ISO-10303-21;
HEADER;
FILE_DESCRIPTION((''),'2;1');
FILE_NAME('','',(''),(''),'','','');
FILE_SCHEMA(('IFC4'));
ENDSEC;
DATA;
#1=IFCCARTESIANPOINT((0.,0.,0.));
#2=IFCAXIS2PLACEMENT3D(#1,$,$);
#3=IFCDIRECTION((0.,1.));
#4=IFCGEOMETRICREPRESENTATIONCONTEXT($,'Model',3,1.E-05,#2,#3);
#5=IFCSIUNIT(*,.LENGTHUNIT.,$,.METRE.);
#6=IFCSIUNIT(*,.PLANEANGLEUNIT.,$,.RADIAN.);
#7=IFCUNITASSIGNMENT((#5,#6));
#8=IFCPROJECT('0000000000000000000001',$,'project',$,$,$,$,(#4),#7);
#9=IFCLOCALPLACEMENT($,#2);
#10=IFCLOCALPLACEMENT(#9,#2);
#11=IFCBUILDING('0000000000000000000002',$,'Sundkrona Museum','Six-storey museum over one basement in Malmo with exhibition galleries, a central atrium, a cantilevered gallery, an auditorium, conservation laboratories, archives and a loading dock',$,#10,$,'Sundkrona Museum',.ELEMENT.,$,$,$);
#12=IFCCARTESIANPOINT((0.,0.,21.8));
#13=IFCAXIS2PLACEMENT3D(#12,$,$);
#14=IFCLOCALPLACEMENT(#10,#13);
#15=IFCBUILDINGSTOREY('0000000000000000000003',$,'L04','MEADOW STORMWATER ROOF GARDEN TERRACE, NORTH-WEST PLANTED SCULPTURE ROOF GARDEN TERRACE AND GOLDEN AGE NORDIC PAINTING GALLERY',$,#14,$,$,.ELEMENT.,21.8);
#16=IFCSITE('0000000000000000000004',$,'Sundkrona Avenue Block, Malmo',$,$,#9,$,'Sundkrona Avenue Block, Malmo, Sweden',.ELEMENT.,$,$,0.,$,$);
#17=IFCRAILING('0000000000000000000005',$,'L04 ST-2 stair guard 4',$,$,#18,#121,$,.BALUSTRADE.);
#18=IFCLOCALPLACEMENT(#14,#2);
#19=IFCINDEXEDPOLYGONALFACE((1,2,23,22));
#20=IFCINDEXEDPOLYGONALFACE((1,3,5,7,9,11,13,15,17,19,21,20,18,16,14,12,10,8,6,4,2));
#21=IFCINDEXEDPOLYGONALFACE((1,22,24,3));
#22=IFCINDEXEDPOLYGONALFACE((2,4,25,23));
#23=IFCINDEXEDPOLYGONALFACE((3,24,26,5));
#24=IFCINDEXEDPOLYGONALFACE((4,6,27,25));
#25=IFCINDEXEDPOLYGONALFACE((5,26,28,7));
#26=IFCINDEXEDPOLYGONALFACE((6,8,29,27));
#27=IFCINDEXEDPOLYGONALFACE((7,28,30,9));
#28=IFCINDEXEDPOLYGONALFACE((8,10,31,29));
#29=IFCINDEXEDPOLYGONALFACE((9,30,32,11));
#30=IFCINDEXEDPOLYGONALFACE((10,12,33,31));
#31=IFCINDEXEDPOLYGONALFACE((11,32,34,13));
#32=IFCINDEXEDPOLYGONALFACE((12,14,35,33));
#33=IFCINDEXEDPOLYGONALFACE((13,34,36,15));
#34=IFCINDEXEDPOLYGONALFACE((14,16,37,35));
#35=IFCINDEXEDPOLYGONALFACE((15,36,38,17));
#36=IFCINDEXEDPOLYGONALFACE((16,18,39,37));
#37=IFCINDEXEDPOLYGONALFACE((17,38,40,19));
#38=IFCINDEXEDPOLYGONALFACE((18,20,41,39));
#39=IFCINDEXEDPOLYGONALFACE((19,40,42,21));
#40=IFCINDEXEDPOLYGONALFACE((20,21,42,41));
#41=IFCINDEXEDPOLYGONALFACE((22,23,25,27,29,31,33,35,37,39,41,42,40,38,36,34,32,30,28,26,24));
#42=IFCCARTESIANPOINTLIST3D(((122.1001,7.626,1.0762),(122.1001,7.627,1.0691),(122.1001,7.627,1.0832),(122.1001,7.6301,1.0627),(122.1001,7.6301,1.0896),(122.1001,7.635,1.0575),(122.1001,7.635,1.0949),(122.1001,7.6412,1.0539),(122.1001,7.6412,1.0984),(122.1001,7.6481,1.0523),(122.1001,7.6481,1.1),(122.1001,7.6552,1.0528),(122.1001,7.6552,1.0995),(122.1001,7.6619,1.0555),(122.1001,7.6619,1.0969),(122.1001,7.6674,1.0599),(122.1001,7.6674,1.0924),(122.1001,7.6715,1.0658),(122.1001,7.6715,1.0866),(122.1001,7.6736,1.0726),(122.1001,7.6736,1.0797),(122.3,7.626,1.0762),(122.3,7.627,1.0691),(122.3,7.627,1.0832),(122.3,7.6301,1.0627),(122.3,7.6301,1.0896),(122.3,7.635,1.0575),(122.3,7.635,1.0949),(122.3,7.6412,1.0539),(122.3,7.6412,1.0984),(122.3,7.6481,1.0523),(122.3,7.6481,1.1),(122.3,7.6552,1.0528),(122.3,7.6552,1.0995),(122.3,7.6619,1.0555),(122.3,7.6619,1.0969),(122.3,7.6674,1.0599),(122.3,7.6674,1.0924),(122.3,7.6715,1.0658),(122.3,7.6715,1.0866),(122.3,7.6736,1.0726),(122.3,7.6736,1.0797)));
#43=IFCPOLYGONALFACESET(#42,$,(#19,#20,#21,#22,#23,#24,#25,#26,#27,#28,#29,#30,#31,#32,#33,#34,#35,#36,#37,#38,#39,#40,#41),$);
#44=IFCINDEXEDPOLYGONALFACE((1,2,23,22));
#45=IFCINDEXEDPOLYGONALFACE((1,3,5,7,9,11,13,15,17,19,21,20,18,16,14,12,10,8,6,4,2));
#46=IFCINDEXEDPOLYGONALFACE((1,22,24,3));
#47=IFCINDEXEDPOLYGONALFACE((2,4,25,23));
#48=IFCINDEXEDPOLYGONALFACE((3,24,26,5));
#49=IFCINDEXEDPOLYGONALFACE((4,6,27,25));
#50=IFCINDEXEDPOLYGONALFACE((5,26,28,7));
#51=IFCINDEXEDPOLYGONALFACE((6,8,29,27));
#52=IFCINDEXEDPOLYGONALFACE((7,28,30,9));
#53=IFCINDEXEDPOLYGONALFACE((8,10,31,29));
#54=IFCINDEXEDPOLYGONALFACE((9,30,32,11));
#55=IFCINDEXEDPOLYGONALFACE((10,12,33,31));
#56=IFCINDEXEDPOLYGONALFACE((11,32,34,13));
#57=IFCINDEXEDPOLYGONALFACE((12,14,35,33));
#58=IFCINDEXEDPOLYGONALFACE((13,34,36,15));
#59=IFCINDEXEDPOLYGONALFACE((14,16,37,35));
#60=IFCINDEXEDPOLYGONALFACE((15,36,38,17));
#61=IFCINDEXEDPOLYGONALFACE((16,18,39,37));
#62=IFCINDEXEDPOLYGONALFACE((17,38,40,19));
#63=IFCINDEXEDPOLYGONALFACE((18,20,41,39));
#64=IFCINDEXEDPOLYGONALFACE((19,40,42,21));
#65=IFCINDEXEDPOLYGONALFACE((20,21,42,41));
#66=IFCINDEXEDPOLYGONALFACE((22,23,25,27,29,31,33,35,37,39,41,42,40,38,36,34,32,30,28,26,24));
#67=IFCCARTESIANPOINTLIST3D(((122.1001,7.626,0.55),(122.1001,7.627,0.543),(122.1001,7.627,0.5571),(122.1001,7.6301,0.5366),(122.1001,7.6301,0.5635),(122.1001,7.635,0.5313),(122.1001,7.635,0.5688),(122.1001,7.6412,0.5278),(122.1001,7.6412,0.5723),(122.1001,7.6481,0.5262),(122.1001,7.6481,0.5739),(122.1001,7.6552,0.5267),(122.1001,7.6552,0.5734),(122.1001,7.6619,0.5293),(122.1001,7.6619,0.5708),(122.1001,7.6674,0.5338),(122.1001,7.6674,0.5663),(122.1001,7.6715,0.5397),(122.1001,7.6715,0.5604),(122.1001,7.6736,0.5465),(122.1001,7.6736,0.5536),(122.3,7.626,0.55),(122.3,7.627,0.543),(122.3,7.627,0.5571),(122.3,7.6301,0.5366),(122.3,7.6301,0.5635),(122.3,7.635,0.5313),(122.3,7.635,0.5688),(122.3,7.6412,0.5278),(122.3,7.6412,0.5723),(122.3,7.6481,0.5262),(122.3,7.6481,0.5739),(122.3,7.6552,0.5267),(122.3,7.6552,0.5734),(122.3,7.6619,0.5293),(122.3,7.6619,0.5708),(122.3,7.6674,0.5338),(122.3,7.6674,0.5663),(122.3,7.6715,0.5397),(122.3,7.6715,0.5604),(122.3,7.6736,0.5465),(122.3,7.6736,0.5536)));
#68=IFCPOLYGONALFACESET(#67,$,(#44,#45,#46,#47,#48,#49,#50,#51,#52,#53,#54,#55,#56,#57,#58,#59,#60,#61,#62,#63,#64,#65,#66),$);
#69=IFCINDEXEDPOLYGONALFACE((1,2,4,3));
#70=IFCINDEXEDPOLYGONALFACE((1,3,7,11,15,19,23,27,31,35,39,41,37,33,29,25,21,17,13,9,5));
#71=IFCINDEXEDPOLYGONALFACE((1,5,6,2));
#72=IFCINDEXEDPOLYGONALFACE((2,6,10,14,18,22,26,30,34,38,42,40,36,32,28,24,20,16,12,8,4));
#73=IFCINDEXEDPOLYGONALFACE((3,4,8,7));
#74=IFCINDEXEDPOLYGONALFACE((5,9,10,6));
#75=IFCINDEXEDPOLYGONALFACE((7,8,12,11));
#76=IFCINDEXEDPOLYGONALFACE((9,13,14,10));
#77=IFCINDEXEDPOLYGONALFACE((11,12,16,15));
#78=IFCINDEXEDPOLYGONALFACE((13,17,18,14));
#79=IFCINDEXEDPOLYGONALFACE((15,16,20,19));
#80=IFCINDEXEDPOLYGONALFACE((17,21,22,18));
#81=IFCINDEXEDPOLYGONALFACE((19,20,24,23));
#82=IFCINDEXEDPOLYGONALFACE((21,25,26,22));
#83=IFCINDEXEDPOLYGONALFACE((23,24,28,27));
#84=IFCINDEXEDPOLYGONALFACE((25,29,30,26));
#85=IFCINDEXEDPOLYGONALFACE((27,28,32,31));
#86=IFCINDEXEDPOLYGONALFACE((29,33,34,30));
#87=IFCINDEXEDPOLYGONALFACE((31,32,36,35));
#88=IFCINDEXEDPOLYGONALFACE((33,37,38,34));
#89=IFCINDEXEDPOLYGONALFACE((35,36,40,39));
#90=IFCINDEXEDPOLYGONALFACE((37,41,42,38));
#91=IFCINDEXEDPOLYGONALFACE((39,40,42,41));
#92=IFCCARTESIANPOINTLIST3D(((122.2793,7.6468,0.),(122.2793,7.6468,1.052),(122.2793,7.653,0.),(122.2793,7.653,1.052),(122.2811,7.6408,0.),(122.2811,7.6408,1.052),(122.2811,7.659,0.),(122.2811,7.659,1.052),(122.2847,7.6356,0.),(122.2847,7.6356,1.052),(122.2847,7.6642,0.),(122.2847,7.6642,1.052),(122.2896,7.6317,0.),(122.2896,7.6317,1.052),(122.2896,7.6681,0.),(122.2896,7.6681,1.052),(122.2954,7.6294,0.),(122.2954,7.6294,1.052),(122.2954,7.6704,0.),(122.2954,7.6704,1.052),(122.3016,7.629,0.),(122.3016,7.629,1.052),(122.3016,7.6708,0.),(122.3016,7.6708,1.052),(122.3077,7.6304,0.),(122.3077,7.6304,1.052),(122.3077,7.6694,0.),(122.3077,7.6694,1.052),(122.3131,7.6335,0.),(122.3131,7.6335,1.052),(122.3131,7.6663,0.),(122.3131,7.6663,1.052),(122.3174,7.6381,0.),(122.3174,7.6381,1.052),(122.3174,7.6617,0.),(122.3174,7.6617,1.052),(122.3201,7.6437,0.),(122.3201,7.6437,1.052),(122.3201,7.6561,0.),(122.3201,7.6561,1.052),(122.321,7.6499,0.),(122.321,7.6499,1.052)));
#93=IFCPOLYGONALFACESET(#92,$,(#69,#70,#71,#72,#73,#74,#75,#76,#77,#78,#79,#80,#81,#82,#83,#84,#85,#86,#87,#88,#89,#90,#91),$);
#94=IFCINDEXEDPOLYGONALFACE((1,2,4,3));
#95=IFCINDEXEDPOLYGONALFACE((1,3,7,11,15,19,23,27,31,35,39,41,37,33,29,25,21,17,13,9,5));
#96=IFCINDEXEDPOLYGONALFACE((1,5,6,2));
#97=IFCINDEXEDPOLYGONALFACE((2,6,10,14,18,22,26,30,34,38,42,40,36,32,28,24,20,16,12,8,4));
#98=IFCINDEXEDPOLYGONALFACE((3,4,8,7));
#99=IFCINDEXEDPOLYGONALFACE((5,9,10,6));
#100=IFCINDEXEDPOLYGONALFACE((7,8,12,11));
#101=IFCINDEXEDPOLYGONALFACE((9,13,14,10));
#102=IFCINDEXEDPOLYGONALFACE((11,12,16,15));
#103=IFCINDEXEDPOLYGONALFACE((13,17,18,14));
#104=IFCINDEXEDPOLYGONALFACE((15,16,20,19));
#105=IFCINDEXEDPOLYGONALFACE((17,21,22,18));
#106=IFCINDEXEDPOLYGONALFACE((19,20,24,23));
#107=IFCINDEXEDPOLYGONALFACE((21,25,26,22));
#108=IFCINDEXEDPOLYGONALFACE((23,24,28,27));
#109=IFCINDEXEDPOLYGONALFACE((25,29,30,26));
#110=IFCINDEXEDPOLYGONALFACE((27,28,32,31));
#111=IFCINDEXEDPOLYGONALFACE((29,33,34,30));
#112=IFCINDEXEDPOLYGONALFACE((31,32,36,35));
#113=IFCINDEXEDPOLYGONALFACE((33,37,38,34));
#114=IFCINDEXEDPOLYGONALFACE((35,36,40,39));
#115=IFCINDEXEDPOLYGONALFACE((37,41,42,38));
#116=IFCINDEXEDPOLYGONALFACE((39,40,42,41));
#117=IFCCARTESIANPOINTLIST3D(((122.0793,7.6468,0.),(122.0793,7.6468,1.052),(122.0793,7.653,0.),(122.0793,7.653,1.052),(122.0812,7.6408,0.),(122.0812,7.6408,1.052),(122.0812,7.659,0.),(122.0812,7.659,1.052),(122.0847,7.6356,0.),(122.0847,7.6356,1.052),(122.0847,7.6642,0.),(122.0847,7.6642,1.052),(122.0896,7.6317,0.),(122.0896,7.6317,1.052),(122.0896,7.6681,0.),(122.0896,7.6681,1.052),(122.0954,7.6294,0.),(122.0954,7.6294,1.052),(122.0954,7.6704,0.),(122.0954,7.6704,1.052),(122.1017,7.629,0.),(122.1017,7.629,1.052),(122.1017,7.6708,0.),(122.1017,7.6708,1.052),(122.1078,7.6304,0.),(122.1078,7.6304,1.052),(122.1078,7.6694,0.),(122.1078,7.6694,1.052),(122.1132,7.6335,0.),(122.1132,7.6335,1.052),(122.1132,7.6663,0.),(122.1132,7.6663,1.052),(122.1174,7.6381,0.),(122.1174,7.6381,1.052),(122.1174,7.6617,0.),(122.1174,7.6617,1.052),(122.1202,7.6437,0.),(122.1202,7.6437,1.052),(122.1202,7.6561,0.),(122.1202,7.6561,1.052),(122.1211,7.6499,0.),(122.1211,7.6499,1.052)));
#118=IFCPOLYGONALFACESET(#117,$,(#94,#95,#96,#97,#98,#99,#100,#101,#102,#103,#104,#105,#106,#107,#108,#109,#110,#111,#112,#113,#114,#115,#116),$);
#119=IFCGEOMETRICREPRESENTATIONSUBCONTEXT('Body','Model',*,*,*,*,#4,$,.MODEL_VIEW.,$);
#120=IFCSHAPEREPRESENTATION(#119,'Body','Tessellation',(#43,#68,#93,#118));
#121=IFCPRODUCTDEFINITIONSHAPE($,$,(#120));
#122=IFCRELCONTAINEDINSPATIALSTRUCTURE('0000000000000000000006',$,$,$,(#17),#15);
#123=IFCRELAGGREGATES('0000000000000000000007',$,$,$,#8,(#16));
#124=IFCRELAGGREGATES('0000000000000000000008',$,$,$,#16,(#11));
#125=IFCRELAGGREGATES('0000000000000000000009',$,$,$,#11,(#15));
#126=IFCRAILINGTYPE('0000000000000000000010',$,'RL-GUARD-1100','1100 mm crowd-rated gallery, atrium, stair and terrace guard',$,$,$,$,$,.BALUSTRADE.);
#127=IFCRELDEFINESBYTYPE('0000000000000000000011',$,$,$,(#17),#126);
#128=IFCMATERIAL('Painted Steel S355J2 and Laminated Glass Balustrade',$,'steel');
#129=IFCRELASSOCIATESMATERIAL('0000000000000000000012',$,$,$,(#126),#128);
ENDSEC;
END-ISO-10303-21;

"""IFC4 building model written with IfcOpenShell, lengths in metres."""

from ifc_helpers import new_model, si_unit, direction, frame, origin, origin_2d, place, context, subcontext, project, spatial, circle, extrude, material, type_object, element, save


model = new_model("IFC4")

# Units and contexts
model_context = context("Model", 3, precision=1e-05, world=origin(), true_north=direction((0.0, 1.0)))
body_context = subcontext(model_context, "Body", "Model", "MODEL_VIEW")
ifc_project = project(units=[si_unit("LENGTHUNIT", "METRE"), si_unit("PLANEANGLEUNIT", "RADIAN")], contexts=[model_context])

# Site, building, storey
site_placement = place(None, origin())
site = spatial("IfcSite", under=ifc_project, at=site_placement, Name="Sundkrona Avenue Block, Malmo", LongName="Sundkrona Avenue Block, Malmo, Sweden", CompositionType="ELEMENT", RefElevation=0.0)
building_placement = place(site_placement, origin())
building = spatial("IfcBuilding", under=site, at=building_placement, Name="Sundkrona Museum", Description="Six-storey museum over one basement in Malmo with exhibition galleries, a central atrium, a cantilevered gallery, an auditorium, conservation laboratories, archives and a loading dock", LongName="Sundkrona Museum", CompositionType="ELEMENT")
storey_placement = place(building_placement, frame((0.0, 0.0, 21.8)))
storey = spatial("IfcBuildingStorey", under=building, at=storey_placement, Name="L04", Description="MEADOW STORMWATER ROOF GARDEN TERRACE, NORTH-WEST PLANTED SCULPTURE ROOF GARDEN TERRACE AND GOLDEN AGE NORDIC PAINTING GALLERY", CompositionType="ELEMENT", Elevation=21.8)

# Railing
ifc_material_1 = material(Name="Painted Steel S355J2 and Laminated Glass Balustrade", Category="steel")
railing_type_1 = type_object("IfcRailingType", Name="RL-GUARD-1100", Description="1100 mm crowd-rated gallery, atrium, stair and terrace guard", PredefinedType="BALUSTRADE", material=ifc_material_1)
railing_1_placement = place(storey_placement, frame((122.3, 7.6499, 0.0)))
element("IfcRailing", 1, at=railing_1_placement, inside=storey, type_object=railing_type_1, Name="L04 ST-2 stair guard 4", PredefinedType="BALUSTRADE", context=body_context, shape_type="SweptSolid", body=[
    extrude(circle(Radius=0.0239, at=origin_2d()), frame((0.0, 0.0, 1.0762), z_axis=(-1.0, 0.0, 0.0), x_axis=(0.0, -1.0, 0.0)), (0.0, 0.0, 1.0), 0.2),
    extrude(circle(Radius=0.0239, at=origin_2d()), frame((0.0, 0.0, 0.55), z_axis=(-1.0, 0.0, 0.0), x_axis=(0.0, -1.0, 0.0)), (0.0, 0.0, 1.0), 0.2),
    extrude(circle(Radius=0.021, at=origin_2d()), origin(), (0.0, 0.0, 1.0), 1.052),
    extrude(circle(Radius=0.021, at=origin_2d()), frame((-0.2, 0.0, 0.0)), (0.0, 0.0, 1.0), 1.052),
])

save(model, "model.ifc")
